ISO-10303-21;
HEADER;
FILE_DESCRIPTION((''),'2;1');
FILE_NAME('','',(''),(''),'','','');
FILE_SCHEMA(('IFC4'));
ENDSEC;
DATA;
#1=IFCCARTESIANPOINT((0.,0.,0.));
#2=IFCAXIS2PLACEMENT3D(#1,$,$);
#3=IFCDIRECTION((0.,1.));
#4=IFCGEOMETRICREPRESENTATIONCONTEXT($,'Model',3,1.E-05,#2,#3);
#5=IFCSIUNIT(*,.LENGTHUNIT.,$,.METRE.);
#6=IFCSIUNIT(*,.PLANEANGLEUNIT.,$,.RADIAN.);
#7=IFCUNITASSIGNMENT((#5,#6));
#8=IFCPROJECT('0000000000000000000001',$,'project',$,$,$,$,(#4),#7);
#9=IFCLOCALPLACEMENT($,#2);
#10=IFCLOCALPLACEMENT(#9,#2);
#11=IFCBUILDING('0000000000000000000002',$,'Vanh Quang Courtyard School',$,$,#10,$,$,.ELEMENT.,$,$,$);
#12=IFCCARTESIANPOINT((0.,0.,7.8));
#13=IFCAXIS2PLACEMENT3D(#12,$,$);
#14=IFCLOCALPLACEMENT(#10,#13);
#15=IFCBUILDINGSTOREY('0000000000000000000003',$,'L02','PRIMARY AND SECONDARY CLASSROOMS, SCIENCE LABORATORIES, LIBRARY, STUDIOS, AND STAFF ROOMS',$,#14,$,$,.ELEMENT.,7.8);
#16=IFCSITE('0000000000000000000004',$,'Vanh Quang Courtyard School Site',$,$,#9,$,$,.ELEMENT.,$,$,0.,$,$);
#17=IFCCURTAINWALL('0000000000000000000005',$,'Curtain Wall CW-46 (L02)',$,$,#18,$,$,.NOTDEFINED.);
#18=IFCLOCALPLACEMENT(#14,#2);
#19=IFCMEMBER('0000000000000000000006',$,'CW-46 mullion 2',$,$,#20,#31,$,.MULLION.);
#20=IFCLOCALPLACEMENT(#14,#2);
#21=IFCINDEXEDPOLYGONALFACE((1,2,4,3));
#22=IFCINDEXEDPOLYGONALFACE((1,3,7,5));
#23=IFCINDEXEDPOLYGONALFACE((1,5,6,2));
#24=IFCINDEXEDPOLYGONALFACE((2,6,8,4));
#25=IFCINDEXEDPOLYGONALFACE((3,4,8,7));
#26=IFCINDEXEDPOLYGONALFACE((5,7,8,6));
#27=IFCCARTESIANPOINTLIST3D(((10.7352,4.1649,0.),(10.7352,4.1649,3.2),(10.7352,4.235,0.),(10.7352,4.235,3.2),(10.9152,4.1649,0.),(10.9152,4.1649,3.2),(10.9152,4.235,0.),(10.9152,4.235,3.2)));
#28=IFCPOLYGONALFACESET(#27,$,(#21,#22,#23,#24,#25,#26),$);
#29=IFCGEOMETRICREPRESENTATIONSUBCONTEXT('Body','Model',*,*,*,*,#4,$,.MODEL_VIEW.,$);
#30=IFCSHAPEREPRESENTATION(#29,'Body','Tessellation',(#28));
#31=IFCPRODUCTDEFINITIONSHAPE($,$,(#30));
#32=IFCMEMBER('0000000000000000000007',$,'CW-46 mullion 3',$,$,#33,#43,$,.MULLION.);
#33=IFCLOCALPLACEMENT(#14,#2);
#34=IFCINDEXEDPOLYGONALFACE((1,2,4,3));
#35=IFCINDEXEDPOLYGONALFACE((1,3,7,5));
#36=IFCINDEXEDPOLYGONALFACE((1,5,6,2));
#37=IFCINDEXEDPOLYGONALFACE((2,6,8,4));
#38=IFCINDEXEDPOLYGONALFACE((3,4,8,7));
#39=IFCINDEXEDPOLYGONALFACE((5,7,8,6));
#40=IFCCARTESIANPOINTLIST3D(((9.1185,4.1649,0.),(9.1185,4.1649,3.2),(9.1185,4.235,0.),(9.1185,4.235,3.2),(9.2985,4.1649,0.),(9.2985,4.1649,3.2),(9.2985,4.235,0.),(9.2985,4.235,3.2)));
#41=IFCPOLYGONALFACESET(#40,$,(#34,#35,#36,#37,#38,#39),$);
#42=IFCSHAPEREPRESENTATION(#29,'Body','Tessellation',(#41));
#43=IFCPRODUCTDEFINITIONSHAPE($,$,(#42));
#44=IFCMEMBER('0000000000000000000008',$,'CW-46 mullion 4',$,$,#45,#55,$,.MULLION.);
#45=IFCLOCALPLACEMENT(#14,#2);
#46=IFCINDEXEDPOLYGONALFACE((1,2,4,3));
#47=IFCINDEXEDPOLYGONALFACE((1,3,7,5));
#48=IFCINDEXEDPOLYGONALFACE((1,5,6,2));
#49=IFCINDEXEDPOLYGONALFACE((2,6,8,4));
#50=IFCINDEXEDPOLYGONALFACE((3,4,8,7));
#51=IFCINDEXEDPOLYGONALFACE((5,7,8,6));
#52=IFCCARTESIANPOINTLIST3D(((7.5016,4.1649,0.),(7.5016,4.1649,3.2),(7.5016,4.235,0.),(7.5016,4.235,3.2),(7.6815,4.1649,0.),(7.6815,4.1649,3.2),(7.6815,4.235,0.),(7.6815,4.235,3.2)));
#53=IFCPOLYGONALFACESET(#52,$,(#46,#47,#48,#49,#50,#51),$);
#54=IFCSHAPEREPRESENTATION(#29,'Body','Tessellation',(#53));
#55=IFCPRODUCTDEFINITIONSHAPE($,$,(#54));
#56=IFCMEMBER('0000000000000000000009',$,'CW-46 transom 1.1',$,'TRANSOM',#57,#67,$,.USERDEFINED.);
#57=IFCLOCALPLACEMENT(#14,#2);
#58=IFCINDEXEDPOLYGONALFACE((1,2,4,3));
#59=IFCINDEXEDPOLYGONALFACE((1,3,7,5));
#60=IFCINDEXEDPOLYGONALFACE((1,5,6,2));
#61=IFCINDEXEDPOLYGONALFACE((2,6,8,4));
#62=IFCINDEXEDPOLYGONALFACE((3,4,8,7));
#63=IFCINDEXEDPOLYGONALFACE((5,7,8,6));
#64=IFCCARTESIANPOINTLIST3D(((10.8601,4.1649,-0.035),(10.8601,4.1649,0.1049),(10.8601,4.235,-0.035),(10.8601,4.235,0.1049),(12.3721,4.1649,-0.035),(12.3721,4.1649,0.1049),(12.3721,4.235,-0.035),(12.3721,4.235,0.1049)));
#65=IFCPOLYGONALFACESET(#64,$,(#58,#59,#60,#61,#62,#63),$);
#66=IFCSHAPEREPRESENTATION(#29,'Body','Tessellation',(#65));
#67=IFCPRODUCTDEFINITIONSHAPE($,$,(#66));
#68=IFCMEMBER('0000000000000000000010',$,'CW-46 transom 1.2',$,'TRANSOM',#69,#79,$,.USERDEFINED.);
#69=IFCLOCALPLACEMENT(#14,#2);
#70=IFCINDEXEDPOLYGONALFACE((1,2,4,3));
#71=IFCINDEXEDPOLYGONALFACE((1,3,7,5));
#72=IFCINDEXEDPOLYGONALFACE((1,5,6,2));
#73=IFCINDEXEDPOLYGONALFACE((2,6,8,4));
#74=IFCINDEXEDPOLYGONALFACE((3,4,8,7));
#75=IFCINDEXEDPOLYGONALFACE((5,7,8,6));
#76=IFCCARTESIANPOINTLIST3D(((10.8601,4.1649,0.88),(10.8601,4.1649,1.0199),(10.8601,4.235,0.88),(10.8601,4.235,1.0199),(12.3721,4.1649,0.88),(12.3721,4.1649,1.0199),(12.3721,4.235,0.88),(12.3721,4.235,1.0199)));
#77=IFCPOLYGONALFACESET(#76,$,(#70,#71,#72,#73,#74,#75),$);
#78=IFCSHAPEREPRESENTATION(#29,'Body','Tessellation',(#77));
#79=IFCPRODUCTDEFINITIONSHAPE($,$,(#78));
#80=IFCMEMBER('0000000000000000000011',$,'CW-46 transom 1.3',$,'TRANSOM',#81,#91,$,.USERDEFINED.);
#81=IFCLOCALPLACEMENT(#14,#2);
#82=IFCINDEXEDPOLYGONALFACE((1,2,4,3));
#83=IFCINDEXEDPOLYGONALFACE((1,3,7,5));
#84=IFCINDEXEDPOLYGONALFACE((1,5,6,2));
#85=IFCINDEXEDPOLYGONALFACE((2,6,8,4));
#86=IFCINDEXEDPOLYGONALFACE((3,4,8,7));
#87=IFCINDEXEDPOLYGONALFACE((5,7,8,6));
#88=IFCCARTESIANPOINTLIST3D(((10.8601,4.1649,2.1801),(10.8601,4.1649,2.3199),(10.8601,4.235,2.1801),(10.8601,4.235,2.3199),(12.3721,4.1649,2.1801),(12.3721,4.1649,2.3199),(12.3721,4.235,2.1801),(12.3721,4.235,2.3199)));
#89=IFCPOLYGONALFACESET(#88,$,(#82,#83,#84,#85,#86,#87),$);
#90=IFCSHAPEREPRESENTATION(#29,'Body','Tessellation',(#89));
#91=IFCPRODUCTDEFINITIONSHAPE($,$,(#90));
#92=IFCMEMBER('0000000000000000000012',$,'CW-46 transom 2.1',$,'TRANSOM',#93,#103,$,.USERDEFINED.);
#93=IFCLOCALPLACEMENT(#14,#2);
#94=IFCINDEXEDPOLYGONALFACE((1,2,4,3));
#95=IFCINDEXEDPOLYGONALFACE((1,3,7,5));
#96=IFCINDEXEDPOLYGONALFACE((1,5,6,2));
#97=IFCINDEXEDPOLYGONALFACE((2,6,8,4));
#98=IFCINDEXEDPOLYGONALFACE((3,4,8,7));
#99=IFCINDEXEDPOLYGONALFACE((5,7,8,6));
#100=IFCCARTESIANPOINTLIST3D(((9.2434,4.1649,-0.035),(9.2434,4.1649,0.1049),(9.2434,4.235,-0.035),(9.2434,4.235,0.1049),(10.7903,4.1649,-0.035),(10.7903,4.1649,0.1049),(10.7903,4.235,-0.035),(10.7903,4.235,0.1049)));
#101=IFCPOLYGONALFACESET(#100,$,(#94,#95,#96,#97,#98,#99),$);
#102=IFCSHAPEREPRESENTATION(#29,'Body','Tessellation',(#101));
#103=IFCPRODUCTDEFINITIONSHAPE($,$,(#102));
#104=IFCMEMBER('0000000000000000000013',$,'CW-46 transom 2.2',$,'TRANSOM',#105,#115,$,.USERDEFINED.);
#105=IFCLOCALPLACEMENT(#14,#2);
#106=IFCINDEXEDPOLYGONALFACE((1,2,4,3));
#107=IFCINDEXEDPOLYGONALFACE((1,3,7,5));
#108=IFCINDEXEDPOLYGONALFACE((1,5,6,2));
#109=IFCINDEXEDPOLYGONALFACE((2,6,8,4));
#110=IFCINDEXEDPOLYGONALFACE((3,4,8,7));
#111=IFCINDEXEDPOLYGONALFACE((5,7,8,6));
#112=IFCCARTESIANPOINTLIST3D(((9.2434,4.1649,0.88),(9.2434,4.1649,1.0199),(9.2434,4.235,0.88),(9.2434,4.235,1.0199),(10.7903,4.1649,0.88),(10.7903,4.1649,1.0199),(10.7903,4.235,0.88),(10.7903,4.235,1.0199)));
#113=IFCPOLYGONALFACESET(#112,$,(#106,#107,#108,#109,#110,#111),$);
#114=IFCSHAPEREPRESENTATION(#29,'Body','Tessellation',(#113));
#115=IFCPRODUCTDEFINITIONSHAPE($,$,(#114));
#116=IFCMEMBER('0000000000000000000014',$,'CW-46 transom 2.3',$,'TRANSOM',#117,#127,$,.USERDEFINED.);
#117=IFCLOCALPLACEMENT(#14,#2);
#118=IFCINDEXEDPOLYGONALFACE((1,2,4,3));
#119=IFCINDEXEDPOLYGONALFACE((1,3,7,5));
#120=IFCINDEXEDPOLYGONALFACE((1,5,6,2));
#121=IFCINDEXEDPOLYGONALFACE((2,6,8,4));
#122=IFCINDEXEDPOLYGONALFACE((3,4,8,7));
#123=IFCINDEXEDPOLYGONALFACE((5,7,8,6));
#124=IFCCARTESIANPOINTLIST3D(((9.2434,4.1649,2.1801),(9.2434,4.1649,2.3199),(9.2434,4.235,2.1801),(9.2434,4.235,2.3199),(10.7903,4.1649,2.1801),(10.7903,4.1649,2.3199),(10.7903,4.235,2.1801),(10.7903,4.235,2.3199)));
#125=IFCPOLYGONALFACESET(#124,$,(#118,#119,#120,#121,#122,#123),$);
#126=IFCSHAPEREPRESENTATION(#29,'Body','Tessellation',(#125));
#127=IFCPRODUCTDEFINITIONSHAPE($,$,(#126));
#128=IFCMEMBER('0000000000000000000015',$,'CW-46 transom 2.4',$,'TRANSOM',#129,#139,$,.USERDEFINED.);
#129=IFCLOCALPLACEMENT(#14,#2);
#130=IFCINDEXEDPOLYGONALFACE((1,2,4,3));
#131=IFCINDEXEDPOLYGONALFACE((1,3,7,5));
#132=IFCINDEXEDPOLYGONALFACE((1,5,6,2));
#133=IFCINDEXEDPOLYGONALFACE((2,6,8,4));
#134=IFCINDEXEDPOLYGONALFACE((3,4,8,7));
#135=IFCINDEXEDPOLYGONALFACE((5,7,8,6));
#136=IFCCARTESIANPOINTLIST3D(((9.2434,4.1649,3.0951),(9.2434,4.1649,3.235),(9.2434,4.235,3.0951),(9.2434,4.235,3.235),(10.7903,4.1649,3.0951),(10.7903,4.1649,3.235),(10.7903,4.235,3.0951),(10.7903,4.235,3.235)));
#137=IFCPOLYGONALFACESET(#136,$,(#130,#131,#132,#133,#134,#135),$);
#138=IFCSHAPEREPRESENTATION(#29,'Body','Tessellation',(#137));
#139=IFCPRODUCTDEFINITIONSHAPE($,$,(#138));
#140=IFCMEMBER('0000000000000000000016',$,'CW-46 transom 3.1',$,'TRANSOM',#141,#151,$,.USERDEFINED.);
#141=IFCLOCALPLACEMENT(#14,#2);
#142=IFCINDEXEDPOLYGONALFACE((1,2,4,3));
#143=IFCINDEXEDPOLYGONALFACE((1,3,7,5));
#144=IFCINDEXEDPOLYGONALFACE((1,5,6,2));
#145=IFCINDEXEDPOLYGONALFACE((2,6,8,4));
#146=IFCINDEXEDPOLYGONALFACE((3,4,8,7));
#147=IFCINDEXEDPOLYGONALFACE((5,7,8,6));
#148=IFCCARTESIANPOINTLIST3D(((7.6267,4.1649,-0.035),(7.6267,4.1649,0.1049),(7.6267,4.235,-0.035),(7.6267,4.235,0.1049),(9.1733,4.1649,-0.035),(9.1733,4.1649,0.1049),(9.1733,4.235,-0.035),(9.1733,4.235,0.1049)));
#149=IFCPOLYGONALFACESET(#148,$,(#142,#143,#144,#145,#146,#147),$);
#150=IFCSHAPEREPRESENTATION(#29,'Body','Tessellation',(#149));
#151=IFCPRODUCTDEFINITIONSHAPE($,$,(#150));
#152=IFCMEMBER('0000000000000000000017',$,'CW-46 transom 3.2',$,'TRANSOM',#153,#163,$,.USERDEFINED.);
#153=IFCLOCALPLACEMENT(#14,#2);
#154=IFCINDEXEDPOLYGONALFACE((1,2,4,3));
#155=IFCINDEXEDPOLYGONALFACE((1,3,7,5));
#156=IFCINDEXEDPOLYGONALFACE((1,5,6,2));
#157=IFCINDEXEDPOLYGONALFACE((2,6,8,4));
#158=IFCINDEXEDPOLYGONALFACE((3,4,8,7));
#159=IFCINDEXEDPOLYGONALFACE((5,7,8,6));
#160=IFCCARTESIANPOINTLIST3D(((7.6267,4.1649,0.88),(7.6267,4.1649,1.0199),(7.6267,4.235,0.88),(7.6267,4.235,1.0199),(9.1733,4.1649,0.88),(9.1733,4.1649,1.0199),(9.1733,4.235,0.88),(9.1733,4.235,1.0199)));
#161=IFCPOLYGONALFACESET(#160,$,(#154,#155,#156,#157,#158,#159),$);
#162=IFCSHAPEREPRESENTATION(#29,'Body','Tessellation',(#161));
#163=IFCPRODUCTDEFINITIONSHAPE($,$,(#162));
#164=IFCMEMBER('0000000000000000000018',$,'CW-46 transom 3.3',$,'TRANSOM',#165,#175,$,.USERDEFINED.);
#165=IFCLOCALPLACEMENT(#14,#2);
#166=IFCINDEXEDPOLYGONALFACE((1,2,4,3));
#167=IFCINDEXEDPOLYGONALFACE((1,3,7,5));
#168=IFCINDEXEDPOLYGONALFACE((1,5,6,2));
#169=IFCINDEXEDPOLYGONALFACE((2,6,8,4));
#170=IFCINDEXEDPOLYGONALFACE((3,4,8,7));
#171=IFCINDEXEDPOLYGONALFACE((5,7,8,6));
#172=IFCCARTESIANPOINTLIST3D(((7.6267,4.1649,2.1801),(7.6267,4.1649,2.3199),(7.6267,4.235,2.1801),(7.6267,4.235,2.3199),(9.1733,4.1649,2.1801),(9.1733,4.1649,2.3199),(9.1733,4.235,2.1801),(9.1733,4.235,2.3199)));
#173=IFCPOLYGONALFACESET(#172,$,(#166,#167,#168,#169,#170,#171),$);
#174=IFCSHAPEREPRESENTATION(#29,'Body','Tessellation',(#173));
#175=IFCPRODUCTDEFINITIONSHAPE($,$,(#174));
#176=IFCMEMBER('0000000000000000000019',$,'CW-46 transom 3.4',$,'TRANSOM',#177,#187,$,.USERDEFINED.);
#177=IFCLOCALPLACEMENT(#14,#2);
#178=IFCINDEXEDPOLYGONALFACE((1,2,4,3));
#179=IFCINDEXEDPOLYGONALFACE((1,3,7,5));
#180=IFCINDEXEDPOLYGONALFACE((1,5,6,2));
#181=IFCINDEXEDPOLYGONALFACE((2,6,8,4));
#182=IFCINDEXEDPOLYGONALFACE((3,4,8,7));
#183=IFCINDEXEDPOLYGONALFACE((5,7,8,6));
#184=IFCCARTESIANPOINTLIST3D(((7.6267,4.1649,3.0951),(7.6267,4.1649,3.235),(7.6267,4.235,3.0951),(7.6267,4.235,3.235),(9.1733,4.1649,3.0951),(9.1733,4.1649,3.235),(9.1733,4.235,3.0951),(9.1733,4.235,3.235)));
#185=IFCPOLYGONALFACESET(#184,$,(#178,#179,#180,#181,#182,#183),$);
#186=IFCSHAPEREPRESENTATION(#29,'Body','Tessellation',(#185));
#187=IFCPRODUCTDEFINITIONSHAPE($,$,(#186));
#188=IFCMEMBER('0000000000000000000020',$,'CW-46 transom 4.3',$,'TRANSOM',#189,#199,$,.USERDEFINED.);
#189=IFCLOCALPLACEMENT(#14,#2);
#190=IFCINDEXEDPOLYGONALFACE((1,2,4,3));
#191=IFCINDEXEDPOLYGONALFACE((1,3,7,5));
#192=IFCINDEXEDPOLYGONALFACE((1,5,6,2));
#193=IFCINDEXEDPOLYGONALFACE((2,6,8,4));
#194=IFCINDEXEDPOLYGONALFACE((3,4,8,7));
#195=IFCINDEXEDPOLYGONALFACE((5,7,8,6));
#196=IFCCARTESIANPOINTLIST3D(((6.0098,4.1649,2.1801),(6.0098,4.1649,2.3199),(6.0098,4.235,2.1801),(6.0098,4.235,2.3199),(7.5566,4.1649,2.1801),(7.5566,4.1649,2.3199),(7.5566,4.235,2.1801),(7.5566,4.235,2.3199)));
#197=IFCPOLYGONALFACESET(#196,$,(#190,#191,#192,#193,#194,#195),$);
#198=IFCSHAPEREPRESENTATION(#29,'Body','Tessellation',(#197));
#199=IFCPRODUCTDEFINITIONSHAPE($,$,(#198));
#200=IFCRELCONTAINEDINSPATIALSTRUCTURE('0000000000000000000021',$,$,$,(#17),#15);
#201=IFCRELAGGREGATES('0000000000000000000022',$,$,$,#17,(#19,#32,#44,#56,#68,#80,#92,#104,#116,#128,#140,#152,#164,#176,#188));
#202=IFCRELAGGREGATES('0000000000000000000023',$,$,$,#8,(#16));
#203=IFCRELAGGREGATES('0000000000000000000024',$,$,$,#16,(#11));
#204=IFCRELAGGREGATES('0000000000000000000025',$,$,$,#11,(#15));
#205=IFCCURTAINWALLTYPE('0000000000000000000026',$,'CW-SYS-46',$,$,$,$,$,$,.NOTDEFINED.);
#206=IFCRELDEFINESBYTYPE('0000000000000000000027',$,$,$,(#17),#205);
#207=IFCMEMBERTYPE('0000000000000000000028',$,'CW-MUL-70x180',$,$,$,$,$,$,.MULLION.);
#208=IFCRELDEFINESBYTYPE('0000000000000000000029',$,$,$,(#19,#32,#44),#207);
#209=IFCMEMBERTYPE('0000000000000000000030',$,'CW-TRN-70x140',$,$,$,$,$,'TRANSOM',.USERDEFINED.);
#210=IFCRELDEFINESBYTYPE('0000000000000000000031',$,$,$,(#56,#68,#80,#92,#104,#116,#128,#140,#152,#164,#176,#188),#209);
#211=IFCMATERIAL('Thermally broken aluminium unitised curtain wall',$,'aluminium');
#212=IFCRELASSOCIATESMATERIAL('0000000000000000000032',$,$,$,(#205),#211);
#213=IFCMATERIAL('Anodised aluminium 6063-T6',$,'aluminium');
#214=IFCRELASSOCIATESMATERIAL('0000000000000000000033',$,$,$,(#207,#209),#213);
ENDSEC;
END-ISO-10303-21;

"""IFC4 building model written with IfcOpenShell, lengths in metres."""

from ifc_helpers import new_model, si_unit, direction, frame, origin, origin_2d, place, context, subcontext, project, spatial, rectangle, extrude, material, material_profile, profile_set, type_object, element, aggregate, save


model = new_model("IFC4")

# Units and contexts
model_context = context("Model", 3, precision=1e-05, world=origin(), true_north=direction((0.0, 1.0)))
body_context = subcontext(model_context, "Body", "Model", "MODEL_VIEW")
ifc_project = project(units=[si_unit("LENGTHUNIT", "METRE"), si_unit("PLANEANGLEUNIT", "RADIAN")], contexts=[model_context])

# Site, building, storey
site_placement = place(None, origin())
site = spatial("IfcSite", under=ifc_project, at=site_placement, Name="Vanh Quang Courtyard School Site", CompositionType="ELEMENT", RefElevation=0.0)
building_placement = place(site_placement, origin())
building = spatial("IfcBuilding", under=site, at=building_placement, Name="Vanh Quang Courtyard School", CompositionType="ELEMENT")
storey_placement = place(building_placement, frame((0.0, 0.0, 7.8)))
storey = spatial("IfcBuildingStorey", under=building, at=storey_placement, Name="L02", Description="PRIMARY AND SECONDARY CLASSROOMS, SCIENCE LABORATORIES, LIBRARY, STUDIOS, AND STAFF ROOMS", CompositionType="ELEMENT", Elevation=7.8)

# Curtain wall, members
ifc_material_1 = material(Name="Thermally broken aluminium unitised curtain wall", Category="aluminium")
curtain_wall_type = type_object("IfcCurtainWallType", Name="CW-SYS-46", PredefinedType="NOTDEFINED", material=ifc_material_1)
curtain_wall_placement = place(storey_placement, origin())
curtain_wall = element("IfcCurtainWall", 1, at=curtain_wall_placement, inside=storey, type_object=curtain_wall_type, Name="Curtain Wall CW-46 (L02)", PredefinedType="NOTDEFINED")
ifc_material_2 = material(Name="Anodised aluminium 6063-T6", Category="aluminium")
ifc_material_profile_1 = material_profile(ifc_material_2, rectangle(XDim=0.0701, YDim=0.1799, at=origin_2d()), Name="ALU-MUL 70x180")
ifc_profile_set_1 = profile_set([ifc_material_profile_1], Name="Anodised aluminium 6063-T6")
member_type_1 = type_object("IfcMemberType", Name="CW-MUL-70x180", PredefinedType="MULLION", material=ifc_profile_set_1)
member_1_placement = place(storey_placement, frame((10.8252, 4.2, 0.0), z_axis=(0.0, 0.0, 1.0), x_axis=(0.0, -1.0, 0.0)))
member_1 = element("IfcMember", 2, at=member_1_placement, type_object=member_type_1, Name="CW-46 mullion 2", PredefinedType="MULLION", context=body_context, shape_type="SweptSolid", body=[
    extrude(rectangle(XDim=0.0701, YDim=0.1799, at=origin_2d()), origin(), (0.0, 0.0, 1.0), 3.2),
])
member_2_placement = place(storey_placement, frame((9.2085, 4.2, 0.0), z_axis=(0.0, 0.0, 1.0), x_axis=(0.0, -1.0, 0.0)))
member_2 = element("IfcMember", 3, at=member_2_placement, type_object=member_type_1, Name="CW-46 mullion 3", PredefinedType="MULLION", context=body_context, shape_type="SweptSolid", body=[
    extrude(rectangle(XDim=0.0701, YDim=0.1799, at=origin_2d()), origin(), (0.0, 0.0, 1.0), 3.2),
])
member_3_placement = place(storey_placement, frame((7.5916, 4.2, 0.0), z_axis=(0.0, 0.0, 1.0), x_axis=(0.0, -1.0, 0.0)))
member_3 = element("IfcMember", 4, at=member_3_placement, type_object=member_type_1, Name="CW-46 mullion 4", PredefinedType="MULLION", context=body_context, shape_type="SweptSolid", body=[
    extrude(rectangle(XDim=0.0701, YDim=0.1799, at=origin_2d()), origin(), (0.0, 0.0, 1.0), 3.2),
])
ifc_material_profile_2 = material_profile(ifc_material_2, rectangle(XDim=0.0701, YDim=0.1399, at=origin_2d()), Name="ALU-TRN 70x140")
ifc_profile_set_2 = profile_set([ifc_material_profile_2], Name="Anodised aluminium 6063-T6")
member_type_2 = type_object("IfcMemberType", Name="CW-TRN-70x140", ElementType="TRANSOM", PredefinedType="USERDEFINED", material=ifc_profile_set_2)
member_4_placement = place(storey_placement, frame((12.3721, 4.2, 0.0349), z_axis=(-1.0, 0.0, 0.0), x_axis=(0.0, -1.0, 0.0)))
member_4 = element("IfcMember", 5, at=member_4_placement, type_object=member_type_2, Name="CW-46 transom 1.1", ObjectType="TRANSOM", PredefinedType="USERDEFINED", context=body_context, shape_type="SweptSolid", body=[
    extrude(rectangle(XDim=0.0701, YDim=0.1399, at=origin_2d()), origin(), (0.0, 0.0, 1.0), 1.512),
])
member_5_placement = place(storey_placement, frame((12.3721, 4.2, 0.95), z_axis=(-1.0, 0.0, 0.0), x_axis=(0.0, -1.0, 0.0)))
member_5 = element("IfcMember", 6, at=member_5_placement, type_object=member_type_2, Name="CW-46 transom 1.2", ObjectType="TRANSOM", PredefinedType="USERDEFINED", context=body_context, shape_type="SweptSolid", body=[
    extrude(rectangle(XDim=0.0701, YDim=0.1399, at=origin_2d()), origin(), (0.0, 0.0, 1.0), 1.512),
])
member_6_placement = place(storey_placement, frame((12.3721, 4.2, 2.25), z_axis=(-1.0, 0.0, 0.0), x_axis=(0.0, -1.0, 0.0)))
member_6 = element("IfcMember", 7, at=member_6_placement, type_object=member_type_2, Name="CW-46 transom 1.3", ObjectType="TRANSOM", PredefinedType="USERDEFINED", context=body_context, shape_type="SweptSolid", body=[
    extrude(rectangle(XDim=0.0701, YDim=0.1399, at=origin_2d()), origin(), (0.0, 0.0, 1.0), 1.512),
])
member_7_placement = place(storey_placement, frame((10.7903, 4.2, 0.0349), z_axis=(-1.0, 0.0, 0.0), x_axis=(0.0, -1.0, 0.0)))
member_7 = element("IfcMember", 8, at=member_7_placement, type_object=member_type_2, Name="CW-46 transom 2.1", ObjectType="TRANSOM", PredefinedType="USERDEFINED", context=body_context, shape_type="SweptSolid", body=[
    extrude(rectangle(XDim=0.0701, YDim=0.1399, at=origin_2d()), origin(), (0.0, 0.0, 1.0), 1.5469),
])
member_8_placement = place(storey_placement, frame((10.7903, 4.2, 0.95), z_axis=(-1.0, 0.0, 0.0), x_axis=(0.0, -1.0, 0.0)))
member_8 = element("IfcMember", 9, at=member_8_placement, type_object=member_type_2, Name="CW-46 transom 2.2", ObjectType="TRANSOM", PredefinedType="USERDEFINED", context=body_context, shape_type="SweptSolid", body=[
    extrude(rectangle(XDim=0.0701, YDim=0.1399, at=origin_2d()), origin(), (0.0, 0.0, 1.0), 1.5469),
])
member_9_placement = place(storey_placement, frame((10.7903, 4.2, 2.25), z_axis=(-1.0, 0.0, 0.0), x_axis=(0.0, -1.0, 0.0)))
member_9 = element("IfcMember", 10, at=member_9_placement, type_object=member_type_2, Name="CW-46 transom 2.3", ObjectType="TRANSOM", PredefinedType="USERDEFINED", context=body_context, shape_type="SweptSolid", body=[
    extrude(rectangle(XDim=0.0701, YDim=0.1399, at=origin_2d()), origin(), (0.0, 0.0, 1.0), 1.5469),
])
member_10_placement = place(storey_placement, frame((10.7903, 4.2, 3.165), z_axis=(-1.0, 0.0, 0.0), x_axis=(0.0, -1.0, 0.0)))
member_10 = element("IfcMember", 11, at=member_10_placement, type_object=member_type_2, Name="CW-46 transom 2.4", ObjectType="TRANSOM", PredefinedType="USERDEFINED", context=body_context, shape_type="SweptSolid", body=[
    extrude(rectangle(XDim=0.0701, YDim=0.1399, at=origin_2d()), origin(), (0.0, 0.0, 1.0), 1.5469),
])
member_11_placement = place(storey_placement, frame((9.1733, 4.2, 0.0349), z_axis=(-1.0, 0.0, 0.0), x_axis=(0.0, -1.0, 0.0)))
member_11 = element("IfcMember", 12, at=member_11_placement, type_object=member_type_2, Name="CW-46 transom 3.1", ObjectType="TRANSOM", PredefinedType="USERDEFINED", context=body_context, shape_type="SweptSolid", body=[
    extrude(rectangle(XDim=0.0701, YDim=0.1399, at=origin_2d()), origin(), (0.0, 0.0, 1.0), 1.5466),
])
member_12_placement = place(storey_placement, frame((9.1733, 4.2, 0.95), z_axis=(-1.0, 0.0, 0.0), x_axis=(0.0, -1.0, 0.0)))
member_12 = element("IfcMember", 13, at=member_12_placement, type_object=member_type_2, Name="CW-46 transom 3.2", ObjectType="TRANSOM", PredefinedType="USERDEFINED", context=body_context, shape_type="SweptSolid", body=[
    extrude(rectangle(XDim=0.0701, YDim=0.1399, at=origin_2d()), origin(), (0.0, 0.0, 1.0), 1.5466),
])
member_13_placement = place(storey_placement, frame((9.1733, 4.2, 2.25), z_axis=(-1.0, 0.0, 0.0), x_axis=(0.0, -1.0, 0.0)))
member_13 = element("IfcMember", 14, at=member_13_placement, type_object=member_type_2, Name="CW-46 transom 3.3", ObjectType="TRANSOM", PredefinedType="USERDEFINED", context=body_context, shape_type="SweptSolid", body=[
    extrude(rectangle(XDim=0.0701, YDim=0.1399, at=origin_2d()), origin(), (0.0, 0.0, 1.0), 1.5466),
])
member_14_placement = place(storey_placement, frame((9.1733, 4.2, 3.165), z_axis=(-1.0, 0.0, 0.0), x_axis=(0.0, -1.0, 0.0)))
member_14 = element("IfcMember", 15, at=member_14_placement, type_object=member_type_2, Name="CW-46 transom 3.4", ObjectType="TRANSOM", PredefinedType="USERDEFINED", context=body_context, shape_type="SweptSolid", body=[
    extrude(rectangle(XDim=0.0701, YDim=0.1399, at=origin_2d()), origin(), (0.0, 0.0, 1.0), 1.5466),
])
member_15_placement = place(storey_placement, frame((7.5566, 4.2, 2.25), z_axis=(-1.0, 0.0, 0.0), x_axis=(0.0, -1.0, 0.0)))
member_15 = element("IfcMember", 16, at=member_15_placement, type_object=member_type_2, Name="CW-46 transom 4.3", ObjectType="TRANSOM", PredefinedType="USERDEFINED", context=body_context, shape_type="SweptSolid", body=[
    extrude(rectangle(XDim=0.0701, YDim=0.1399, at=origin_2d()), origin(), (0.0, 0.0, 1.0), 1.5469),
])
aggregate(curtain_wall, [member_1, member_2, member_3, member_4, member_5, member_6, member_7, member_8, member_9, member_10, member_11, member_12, member_13, member_14, member_15])

save(model, "model.ifc")
